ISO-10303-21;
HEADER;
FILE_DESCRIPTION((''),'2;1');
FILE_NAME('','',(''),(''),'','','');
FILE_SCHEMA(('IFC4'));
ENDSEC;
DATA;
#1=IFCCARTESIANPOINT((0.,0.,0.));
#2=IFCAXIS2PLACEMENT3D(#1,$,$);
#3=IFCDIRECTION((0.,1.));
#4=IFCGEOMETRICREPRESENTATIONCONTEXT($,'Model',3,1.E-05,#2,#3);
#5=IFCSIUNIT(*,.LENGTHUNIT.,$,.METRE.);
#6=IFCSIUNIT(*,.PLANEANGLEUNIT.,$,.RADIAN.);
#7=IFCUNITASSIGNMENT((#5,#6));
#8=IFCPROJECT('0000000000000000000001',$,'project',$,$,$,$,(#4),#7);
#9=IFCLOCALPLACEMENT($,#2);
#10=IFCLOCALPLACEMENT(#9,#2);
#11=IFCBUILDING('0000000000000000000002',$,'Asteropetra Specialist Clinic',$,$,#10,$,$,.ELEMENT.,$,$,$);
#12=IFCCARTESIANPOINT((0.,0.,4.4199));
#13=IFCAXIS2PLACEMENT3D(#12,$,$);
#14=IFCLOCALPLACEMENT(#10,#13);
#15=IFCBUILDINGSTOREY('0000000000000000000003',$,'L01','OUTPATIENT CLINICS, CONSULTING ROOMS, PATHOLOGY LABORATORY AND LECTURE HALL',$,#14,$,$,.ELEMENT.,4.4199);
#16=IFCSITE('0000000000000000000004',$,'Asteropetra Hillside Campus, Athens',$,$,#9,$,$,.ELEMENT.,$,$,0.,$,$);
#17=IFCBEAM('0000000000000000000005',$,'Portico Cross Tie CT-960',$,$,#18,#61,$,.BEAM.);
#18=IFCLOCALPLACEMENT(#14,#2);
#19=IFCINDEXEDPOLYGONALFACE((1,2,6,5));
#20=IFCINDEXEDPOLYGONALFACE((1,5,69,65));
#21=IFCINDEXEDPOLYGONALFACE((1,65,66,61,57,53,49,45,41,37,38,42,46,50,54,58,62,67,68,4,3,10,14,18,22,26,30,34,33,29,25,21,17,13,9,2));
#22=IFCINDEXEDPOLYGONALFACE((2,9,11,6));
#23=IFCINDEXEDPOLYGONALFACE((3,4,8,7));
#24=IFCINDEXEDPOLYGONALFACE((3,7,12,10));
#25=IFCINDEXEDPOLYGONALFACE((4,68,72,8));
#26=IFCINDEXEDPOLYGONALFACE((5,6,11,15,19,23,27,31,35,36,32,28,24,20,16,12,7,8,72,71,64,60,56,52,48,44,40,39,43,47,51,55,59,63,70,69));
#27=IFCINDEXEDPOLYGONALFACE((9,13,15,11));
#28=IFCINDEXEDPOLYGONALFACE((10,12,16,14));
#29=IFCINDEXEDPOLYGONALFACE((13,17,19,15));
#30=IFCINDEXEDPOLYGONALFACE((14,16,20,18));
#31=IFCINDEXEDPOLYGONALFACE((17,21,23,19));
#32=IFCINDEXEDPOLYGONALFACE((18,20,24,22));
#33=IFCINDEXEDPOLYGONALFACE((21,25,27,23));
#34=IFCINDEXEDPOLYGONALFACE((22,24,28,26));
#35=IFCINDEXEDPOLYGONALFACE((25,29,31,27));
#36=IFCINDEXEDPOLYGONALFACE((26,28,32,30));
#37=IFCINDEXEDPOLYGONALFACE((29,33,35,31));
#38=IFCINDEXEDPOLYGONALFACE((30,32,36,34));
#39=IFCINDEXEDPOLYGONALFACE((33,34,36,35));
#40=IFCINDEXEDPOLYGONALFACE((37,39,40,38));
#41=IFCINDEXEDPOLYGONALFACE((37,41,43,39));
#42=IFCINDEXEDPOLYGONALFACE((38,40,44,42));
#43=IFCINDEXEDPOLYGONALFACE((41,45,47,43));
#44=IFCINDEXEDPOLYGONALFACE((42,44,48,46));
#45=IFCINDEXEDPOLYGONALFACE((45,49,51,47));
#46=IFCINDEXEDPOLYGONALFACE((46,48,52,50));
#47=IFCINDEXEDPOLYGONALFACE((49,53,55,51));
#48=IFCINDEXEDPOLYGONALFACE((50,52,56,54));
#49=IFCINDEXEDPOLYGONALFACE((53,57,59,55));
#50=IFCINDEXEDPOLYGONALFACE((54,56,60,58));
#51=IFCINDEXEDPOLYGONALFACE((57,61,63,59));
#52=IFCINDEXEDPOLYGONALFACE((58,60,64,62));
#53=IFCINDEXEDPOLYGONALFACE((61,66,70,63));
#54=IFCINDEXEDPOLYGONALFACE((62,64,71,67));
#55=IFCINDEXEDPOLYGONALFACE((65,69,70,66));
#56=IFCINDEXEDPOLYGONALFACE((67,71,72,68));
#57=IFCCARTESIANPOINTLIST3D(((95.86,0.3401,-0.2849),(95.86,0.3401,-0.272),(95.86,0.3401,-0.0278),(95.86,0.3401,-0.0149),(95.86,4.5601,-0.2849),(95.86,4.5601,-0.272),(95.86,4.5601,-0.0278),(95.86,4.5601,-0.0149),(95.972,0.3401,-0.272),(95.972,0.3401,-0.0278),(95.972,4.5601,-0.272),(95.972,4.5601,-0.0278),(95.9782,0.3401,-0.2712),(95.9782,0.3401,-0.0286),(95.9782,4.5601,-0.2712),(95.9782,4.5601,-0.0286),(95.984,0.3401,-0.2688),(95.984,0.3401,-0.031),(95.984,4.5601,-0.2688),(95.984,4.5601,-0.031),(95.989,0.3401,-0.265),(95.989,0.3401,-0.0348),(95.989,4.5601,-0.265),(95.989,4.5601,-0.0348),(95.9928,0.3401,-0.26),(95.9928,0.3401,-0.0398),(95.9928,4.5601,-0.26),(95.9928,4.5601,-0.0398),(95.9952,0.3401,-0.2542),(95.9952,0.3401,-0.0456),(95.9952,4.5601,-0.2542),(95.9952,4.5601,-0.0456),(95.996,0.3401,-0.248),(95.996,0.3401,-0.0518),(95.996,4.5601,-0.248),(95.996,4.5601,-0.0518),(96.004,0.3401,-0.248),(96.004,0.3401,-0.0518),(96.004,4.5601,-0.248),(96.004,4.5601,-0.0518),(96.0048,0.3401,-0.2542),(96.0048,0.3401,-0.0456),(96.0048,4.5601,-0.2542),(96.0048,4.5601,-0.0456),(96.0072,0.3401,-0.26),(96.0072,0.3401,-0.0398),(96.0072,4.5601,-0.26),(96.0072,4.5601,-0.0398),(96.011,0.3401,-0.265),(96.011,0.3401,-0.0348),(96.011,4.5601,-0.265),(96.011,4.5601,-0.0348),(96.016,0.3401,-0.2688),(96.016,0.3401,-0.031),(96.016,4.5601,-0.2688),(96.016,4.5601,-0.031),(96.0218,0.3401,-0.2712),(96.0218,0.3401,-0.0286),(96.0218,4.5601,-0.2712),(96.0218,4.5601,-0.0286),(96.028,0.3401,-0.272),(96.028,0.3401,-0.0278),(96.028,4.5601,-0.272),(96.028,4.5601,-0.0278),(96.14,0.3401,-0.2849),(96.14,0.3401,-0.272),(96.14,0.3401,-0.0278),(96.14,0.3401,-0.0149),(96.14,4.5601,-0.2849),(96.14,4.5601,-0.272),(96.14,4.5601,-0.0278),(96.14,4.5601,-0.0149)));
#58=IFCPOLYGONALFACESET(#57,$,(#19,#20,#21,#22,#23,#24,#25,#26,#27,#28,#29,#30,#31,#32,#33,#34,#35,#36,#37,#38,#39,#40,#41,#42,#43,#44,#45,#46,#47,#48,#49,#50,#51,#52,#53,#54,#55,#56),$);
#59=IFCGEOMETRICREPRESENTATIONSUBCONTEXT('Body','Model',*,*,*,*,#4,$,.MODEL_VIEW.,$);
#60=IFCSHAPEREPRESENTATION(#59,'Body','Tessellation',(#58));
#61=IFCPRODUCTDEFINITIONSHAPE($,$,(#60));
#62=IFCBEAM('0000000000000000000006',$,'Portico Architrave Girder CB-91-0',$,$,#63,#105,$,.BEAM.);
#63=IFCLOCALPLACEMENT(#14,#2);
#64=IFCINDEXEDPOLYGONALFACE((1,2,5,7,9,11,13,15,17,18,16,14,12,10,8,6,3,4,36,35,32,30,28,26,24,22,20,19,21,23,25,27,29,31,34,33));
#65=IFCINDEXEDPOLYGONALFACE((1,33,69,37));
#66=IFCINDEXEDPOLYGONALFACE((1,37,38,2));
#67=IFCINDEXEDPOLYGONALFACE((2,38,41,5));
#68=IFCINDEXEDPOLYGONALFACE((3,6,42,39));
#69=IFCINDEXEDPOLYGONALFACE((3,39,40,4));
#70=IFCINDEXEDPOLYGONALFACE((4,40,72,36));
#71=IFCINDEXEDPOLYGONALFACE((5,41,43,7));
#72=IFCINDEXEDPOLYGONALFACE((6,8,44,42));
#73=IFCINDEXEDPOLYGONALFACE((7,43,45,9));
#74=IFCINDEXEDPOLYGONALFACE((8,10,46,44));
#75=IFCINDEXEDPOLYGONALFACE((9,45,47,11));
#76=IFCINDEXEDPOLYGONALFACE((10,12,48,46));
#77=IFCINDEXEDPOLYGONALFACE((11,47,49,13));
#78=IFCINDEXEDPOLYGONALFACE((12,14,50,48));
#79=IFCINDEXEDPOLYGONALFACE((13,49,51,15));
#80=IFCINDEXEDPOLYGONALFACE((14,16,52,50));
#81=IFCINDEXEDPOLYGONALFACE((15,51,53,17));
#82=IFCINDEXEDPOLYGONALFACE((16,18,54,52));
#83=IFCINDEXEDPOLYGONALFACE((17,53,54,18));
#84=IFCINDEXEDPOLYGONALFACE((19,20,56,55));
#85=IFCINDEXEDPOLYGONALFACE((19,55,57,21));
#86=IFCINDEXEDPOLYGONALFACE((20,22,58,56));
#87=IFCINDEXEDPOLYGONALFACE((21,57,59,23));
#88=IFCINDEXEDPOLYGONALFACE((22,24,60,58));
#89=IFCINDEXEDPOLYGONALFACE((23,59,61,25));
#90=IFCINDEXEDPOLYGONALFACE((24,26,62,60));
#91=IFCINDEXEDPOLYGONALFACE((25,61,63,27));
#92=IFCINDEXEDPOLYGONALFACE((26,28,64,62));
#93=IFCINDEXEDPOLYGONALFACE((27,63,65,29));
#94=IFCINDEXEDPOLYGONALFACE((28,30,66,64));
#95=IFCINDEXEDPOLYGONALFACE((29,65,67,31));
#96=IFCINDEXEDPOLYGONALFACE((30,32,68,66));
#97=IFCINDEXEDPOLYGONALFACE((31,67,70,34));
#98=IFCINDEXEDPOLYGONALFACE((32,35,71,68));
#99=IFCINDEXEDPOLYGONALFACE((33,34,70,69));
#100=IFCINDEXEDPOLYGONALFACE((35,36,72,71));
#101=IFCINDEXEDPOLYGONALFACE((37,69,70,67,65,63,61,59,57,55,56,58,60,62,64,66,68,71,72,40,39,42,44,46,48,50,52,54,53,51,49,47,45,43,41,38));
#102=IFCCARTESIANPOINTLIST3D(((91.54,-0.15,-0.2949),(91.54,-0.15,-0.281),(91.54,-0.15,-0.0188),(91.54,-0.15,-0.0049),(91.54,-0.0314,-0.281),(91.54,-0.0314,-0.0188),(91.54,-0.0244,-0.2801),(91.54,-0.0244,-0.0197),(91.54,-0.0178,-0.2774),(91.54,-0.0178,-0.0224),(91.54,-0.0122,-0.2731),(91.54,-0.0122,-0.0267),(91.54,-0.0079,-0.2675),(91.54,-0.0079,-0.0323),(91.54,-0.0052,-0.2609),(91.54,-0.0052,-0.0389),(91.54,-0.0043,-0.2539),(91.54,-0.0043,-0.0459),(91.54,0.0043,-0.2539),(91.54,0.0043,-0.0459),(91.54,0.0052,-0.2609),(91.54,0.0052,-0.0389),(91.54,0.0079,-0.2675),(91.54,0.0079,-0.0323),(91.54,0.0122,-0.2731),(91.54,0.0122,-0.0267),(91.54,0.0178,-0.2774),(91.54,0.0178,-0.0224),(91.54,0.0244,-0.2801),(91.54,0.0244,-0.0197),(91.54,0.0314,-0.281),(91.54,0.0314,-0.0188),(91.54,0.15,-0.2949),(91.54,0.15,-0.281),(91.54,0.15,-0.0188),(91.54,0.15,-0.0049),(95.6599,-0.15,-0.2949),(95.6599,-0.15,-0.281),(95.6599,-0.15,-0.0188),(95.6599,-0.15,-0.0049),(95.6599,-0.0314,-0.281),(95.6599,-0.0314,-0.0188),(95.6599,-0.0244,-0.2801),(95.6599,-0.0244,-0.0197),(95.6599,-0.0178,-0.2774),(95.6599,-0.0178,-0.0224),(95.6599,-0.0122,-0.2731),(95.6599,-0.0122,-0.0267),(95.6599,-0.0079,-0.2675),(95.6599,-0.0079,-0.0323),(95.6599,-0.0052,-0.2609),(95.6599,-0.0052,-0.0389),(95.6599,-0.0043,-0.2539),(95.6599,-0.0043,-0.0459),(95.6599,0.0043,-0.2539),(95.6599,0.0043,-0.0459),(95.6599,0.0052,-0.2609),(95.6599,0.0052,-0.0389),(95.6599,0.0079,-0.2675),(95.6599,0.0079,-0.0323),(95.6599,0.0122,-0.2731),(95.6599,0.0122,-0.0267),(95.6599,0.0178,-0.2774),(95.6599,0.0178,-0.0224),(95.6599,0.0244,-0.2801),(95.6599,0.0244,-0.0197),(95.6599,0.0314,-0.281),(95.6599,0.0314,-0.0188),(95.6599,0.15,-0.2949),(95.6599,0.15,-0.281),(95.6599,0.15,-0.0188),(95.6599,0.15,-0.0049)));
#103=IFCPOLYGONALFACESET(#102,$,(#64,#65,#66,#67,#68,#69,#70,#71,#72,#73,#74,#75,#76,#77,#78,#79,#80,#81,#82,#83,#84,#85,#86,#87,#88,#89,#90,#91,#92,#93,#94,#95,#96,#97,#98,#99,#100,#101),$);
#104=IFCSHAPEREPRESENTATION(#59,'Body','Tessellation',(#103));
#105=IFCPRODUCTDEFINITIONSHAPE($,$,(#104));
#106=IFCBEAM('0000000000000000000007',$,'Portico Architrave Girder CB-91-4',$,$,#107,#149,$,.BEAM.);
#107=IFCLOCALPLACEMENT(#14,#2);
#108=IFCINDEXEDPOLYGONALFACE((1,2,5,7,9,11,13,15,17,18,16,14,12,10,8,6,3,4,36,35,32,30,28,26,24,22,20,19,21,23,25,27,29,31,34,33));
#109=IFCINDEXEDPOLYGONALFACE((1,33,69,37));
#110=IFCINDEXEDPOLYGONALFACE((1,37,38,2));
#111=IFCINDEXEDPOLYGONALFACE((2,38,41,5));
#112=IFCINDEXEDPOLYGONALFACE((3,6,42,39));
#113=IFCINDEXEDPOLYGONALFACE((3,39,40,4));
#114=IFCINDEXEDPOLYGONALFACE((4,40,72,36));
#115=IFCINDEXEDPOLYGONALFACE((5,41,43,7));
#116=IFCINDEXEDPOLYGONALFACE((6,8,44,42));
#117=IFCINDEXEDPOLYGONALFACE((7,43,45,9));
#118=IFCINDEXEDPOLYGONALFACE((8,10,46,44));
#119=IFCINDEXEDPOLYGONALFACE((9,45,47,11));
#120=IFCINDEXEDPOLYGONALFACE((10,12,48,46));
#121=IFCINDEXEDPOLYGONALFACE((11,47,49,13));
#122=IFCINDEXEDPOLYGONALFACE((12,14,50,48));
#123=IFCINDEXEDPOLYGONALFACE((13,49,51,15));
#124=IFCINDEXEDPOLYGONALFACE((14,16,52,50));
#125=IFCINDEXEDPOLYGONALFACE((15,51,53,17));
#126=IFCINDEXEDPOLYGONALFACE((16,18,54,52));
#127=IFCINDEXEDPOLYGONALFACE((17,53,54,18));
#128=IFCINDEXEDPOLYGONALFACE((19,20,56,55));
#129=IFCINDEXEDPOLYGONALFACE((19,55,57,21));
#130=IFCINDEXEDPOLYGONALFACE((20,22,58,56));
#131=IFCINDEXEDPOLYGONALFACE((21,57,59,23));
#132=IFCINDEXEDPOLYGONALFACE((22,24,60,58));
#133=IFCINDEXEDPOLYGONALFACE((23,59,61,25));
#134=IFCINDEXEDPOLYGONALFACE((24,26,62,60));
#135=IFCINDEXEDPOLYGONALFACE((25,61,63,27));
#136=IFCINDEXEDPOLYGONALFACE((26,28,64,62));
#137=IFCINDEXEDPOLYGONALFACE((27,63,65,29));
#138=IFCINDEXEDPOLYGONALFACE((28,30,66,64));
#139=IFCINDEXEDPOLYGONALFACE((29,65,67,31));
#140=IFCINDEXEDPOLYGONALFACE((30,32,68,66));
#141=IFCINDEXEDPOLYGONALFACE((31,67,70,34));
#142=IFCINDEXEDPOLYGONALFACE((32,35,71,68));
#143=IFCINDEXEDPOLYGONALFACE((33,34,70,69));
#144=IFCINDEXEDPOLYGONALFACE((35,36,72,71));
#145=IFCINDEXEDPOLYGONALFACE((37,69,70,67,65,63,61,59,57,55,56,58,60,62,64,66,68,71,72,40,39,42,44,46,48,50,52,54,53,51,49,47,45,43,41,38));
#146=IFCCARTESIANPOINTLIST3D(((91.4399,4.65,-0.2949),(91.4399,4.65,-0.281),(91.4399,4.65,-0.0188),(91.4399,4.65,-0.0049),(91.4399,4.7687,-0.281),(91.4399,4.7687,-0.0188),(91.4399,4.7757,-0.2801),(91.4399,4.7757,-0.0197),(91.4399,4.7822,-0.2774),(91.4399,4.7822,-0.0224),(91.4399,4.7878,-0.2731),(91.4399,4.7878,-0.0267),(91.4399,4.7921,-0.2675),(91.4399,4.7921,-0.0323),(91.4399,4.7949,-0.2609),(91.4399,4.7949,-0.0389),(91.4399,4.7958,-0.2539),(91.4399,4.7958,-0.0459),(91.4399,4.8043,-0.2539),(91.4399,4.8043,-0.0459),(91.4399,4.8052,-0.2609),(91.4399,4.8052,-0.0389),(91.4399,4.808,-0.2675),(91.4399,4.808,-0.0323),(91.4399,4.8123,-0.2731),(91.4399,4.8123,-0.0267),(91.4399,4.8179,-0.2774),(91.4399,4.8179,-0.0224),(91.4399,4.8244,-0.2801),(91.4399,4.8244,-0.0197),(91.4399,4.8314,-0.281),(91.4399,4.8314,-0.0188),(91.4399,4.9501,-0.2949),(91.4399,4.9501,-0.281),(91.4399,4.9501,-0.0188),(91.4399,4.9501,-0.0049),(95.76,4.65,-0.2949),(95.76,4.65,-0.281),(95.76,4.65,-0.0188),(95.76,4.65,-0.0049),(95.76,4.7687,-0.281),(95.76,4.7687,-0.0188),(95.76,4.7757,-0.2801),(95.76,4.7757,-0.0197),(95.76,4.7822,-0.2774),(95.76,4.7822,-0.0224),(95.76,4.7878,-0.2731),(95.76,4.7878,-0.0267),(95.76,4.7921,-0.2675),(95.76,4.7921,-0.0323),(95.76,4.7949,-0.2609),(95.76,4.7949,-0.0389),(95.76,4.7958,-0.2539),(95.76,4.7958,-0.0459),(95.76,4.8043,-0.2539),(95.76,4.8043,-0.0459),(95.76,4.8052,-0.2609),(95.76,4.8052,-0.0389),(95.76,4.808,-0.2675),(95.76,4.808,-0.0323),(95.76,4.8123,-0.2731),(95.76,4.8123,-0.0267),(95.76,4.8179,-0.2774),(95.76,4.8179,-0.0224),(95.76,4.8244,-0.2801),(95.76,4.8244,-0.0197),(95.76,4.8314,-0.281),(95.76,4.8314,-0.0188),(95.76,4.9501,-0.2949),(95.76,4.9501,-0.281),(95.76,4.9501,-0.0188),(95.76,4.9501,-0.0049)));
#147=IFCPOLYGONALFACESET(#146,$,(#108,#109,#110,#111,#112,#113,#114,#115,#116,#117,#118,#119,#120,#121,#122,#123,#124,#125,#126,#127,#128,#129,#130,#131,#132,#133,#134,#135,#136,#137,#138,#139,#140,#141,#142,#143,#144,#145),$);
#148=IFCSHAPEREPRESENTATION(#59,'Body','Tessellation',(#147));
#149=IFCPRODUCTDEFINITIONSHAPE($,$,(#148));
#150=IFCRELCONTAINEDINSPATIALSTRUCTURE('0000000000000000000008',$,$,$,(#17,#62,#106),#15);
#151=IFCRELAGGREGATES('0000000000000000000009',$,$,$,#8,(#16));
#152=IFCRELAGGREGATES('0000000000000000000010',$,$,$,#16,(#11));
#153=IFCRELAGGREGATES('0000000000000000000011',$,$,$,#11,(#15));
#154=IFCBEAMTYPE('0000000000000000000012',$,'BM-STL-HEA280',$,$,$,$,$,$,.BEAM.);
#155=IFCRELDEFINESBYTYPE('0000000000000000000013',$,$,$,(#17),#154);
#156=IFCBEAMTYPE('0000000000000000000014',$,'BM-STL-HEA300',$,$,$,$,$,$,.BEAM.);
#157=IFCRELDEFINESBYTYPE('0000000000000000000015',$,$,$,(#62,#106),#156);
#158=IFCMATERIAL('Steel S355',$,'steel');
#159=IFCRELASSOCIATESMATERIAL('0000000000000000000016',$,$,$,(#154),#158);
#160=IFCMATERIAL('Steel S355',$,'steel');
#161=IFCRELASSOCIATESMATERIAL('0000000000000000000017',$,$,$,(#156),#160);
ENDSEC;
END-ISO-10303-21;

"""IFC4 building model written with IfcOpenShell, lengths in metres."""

from ifc_helpers import new_model, si_unit, direction, frame, origin, origin_2d, place, context, subcontext, project, spatial, i_section, extrude, material, material_profile, profile_set, type_object, element, save


model = new_model("IFC4")

# Units and contexts
model_context = context("Model", 3, precision=1e-05, world=origin(), true_north=direction((0.0, 1.0)))
body_context = subcontext(model_context, "Body", "Model", "MODEL_VIEW")
ifc_project = project(units=[si_unit("LENGTHUNIT", "METRE"), si_unit("PLANEANGLEUNIT", "RADIAN")], contexts=[model_context])

# Site, building, storey
site_placement = place(None, origin())
site = spatial("IfcSite", under=ifc_project, at=site_placement, Name="Asteropetra Hillside Campus, Athens", CompositionType="ELEMENT", RefElevation=0.0)
building_placement = place(site_placement, origin())
building = spatial("IfcBuilding", under=site, at=building_placement, Name="Asteropetra Specialist Clinic", CompositionType="ELEMENT")
storey_placement = place(building_placement, frame((0.0, 0.0, 4.4199)))
storey = spatial("IfcBuildingStorey", under=building, at=storey_placement, Name="L01", Description="OUTPATIENT CLINICS, CONSULTING ROOMS, PATHOLOGY LABORATORY AND LECTURE HALL", CompositionType="ELEMENT", Elevation=4.4199)

# Beams
ifc_material_1 = material(Name="Steel S355", Category="steel")
ifc_material_profile_1 = material_profile(ifc_material_1, i_section(OverallWidth=0.28, OverallDepth=0.27, WebThickness=0.0081, FlangeThickness=0.0129, FilletRadius=0.0239, at=origin_2d()), Name="HEA 280")
ifc_profile_set_1 = profile_set([ifc_material_profile_1], Name="Steel S355")
beam_type_1 = type_object("IfcBeamType", Name="BM-STL-HEA280", PredefinedType="BEAM", material=ifc_profile_set_1)
beam_1_placement = place(storey_placement, frame((96.0, 0.3401, -0.1499), z_axis=(0.0, 1.0, 0.0), x_axis=(-1.0, 0.0, 0.0)))
element("IfcBeam", 1, at=beam_1_placement, inside=storey, type_object=beam_type_1, Name="Portico Cross Tie CT-960", PredefinedType="BEAM", context=body_context, shape_type="SweptSolid", body=[
    extrude(i_section(OverallWidth=0.28, OverallDepth=0.27, WebThickness=0.0081, FlangeThickness=0.0129, FilletRadius=0.0239, at=origin_2d()), origin(), (0.0, 0.0, 1.0), 4.22),
])
ifc_material_2 = material(Name="Steel S355", Category="steel")
ifc_material_profile_2 = material_profile(ifc_material_2, i_section(OverallWidth=0.3, OverallDepth=0.29, WebThickness=0.0085, FlangeThickness=0.0139, FilletRadius=0.0271, at=origin_2d()), Name="HEA 300")
ifc_profile_set_2 = profile_set([ifc_material_profile_2], Name="Steel S355")
beam_type_2 = type_object("IfcBeamType", Name="BM-STL-HEA300", PredefinedType="BEAM", material=ifc_profile_set_2)
beam_2_placement = place(storey_placement, frame((91.54, 0.0, -0.1499), z_axis=(1.0, 0.0, 0.0), x_axis=(0.0, 1.0, 0.0)))
element("IfcBeam", 2, at=beam_2_placement, inside=storey, type_object=beam_type_2, Name="Portico Architrave Girder CB-91-0", PredefinedType="BEAM", context=body_context, shape_type="SweptSolid", body=[
    extrude(i_section(OverallWidth=0.3, OverallDepth=0.29, WebThickness=0.0085, FlangeThickness=0.0139, FilletRadius=0.0271, at=origin_2d()), origin(), (0.0, 0.0, 1.0), 4.1199),
])
beam_3_placement = place(storey_placement, frame((91.4399, 4.8, -0.1499), z_axis=(1.0, 0.0, 0.0), x_axis=(0.0, 1.0, 0.0)))
element("IfcBeam", 3, at=beam_3_placement, inside=storey, type_object=beam_type_2, Name="Portico Architrave Girder CB-91-4", PredefinedType="BEAM", context=body_context, shape_type="SweptSolid", body=[
    extrude(i_section(OverallWidth=0.3, OverallDepth=0.29, WebThickness=0.0085, FlangeThickness=0.0139, FilletRadius=0.0271, at=origin_2d()), origin(), (0.0, 0.0, 1.0), 4.3201),
])

save(model, "model.ifc")
